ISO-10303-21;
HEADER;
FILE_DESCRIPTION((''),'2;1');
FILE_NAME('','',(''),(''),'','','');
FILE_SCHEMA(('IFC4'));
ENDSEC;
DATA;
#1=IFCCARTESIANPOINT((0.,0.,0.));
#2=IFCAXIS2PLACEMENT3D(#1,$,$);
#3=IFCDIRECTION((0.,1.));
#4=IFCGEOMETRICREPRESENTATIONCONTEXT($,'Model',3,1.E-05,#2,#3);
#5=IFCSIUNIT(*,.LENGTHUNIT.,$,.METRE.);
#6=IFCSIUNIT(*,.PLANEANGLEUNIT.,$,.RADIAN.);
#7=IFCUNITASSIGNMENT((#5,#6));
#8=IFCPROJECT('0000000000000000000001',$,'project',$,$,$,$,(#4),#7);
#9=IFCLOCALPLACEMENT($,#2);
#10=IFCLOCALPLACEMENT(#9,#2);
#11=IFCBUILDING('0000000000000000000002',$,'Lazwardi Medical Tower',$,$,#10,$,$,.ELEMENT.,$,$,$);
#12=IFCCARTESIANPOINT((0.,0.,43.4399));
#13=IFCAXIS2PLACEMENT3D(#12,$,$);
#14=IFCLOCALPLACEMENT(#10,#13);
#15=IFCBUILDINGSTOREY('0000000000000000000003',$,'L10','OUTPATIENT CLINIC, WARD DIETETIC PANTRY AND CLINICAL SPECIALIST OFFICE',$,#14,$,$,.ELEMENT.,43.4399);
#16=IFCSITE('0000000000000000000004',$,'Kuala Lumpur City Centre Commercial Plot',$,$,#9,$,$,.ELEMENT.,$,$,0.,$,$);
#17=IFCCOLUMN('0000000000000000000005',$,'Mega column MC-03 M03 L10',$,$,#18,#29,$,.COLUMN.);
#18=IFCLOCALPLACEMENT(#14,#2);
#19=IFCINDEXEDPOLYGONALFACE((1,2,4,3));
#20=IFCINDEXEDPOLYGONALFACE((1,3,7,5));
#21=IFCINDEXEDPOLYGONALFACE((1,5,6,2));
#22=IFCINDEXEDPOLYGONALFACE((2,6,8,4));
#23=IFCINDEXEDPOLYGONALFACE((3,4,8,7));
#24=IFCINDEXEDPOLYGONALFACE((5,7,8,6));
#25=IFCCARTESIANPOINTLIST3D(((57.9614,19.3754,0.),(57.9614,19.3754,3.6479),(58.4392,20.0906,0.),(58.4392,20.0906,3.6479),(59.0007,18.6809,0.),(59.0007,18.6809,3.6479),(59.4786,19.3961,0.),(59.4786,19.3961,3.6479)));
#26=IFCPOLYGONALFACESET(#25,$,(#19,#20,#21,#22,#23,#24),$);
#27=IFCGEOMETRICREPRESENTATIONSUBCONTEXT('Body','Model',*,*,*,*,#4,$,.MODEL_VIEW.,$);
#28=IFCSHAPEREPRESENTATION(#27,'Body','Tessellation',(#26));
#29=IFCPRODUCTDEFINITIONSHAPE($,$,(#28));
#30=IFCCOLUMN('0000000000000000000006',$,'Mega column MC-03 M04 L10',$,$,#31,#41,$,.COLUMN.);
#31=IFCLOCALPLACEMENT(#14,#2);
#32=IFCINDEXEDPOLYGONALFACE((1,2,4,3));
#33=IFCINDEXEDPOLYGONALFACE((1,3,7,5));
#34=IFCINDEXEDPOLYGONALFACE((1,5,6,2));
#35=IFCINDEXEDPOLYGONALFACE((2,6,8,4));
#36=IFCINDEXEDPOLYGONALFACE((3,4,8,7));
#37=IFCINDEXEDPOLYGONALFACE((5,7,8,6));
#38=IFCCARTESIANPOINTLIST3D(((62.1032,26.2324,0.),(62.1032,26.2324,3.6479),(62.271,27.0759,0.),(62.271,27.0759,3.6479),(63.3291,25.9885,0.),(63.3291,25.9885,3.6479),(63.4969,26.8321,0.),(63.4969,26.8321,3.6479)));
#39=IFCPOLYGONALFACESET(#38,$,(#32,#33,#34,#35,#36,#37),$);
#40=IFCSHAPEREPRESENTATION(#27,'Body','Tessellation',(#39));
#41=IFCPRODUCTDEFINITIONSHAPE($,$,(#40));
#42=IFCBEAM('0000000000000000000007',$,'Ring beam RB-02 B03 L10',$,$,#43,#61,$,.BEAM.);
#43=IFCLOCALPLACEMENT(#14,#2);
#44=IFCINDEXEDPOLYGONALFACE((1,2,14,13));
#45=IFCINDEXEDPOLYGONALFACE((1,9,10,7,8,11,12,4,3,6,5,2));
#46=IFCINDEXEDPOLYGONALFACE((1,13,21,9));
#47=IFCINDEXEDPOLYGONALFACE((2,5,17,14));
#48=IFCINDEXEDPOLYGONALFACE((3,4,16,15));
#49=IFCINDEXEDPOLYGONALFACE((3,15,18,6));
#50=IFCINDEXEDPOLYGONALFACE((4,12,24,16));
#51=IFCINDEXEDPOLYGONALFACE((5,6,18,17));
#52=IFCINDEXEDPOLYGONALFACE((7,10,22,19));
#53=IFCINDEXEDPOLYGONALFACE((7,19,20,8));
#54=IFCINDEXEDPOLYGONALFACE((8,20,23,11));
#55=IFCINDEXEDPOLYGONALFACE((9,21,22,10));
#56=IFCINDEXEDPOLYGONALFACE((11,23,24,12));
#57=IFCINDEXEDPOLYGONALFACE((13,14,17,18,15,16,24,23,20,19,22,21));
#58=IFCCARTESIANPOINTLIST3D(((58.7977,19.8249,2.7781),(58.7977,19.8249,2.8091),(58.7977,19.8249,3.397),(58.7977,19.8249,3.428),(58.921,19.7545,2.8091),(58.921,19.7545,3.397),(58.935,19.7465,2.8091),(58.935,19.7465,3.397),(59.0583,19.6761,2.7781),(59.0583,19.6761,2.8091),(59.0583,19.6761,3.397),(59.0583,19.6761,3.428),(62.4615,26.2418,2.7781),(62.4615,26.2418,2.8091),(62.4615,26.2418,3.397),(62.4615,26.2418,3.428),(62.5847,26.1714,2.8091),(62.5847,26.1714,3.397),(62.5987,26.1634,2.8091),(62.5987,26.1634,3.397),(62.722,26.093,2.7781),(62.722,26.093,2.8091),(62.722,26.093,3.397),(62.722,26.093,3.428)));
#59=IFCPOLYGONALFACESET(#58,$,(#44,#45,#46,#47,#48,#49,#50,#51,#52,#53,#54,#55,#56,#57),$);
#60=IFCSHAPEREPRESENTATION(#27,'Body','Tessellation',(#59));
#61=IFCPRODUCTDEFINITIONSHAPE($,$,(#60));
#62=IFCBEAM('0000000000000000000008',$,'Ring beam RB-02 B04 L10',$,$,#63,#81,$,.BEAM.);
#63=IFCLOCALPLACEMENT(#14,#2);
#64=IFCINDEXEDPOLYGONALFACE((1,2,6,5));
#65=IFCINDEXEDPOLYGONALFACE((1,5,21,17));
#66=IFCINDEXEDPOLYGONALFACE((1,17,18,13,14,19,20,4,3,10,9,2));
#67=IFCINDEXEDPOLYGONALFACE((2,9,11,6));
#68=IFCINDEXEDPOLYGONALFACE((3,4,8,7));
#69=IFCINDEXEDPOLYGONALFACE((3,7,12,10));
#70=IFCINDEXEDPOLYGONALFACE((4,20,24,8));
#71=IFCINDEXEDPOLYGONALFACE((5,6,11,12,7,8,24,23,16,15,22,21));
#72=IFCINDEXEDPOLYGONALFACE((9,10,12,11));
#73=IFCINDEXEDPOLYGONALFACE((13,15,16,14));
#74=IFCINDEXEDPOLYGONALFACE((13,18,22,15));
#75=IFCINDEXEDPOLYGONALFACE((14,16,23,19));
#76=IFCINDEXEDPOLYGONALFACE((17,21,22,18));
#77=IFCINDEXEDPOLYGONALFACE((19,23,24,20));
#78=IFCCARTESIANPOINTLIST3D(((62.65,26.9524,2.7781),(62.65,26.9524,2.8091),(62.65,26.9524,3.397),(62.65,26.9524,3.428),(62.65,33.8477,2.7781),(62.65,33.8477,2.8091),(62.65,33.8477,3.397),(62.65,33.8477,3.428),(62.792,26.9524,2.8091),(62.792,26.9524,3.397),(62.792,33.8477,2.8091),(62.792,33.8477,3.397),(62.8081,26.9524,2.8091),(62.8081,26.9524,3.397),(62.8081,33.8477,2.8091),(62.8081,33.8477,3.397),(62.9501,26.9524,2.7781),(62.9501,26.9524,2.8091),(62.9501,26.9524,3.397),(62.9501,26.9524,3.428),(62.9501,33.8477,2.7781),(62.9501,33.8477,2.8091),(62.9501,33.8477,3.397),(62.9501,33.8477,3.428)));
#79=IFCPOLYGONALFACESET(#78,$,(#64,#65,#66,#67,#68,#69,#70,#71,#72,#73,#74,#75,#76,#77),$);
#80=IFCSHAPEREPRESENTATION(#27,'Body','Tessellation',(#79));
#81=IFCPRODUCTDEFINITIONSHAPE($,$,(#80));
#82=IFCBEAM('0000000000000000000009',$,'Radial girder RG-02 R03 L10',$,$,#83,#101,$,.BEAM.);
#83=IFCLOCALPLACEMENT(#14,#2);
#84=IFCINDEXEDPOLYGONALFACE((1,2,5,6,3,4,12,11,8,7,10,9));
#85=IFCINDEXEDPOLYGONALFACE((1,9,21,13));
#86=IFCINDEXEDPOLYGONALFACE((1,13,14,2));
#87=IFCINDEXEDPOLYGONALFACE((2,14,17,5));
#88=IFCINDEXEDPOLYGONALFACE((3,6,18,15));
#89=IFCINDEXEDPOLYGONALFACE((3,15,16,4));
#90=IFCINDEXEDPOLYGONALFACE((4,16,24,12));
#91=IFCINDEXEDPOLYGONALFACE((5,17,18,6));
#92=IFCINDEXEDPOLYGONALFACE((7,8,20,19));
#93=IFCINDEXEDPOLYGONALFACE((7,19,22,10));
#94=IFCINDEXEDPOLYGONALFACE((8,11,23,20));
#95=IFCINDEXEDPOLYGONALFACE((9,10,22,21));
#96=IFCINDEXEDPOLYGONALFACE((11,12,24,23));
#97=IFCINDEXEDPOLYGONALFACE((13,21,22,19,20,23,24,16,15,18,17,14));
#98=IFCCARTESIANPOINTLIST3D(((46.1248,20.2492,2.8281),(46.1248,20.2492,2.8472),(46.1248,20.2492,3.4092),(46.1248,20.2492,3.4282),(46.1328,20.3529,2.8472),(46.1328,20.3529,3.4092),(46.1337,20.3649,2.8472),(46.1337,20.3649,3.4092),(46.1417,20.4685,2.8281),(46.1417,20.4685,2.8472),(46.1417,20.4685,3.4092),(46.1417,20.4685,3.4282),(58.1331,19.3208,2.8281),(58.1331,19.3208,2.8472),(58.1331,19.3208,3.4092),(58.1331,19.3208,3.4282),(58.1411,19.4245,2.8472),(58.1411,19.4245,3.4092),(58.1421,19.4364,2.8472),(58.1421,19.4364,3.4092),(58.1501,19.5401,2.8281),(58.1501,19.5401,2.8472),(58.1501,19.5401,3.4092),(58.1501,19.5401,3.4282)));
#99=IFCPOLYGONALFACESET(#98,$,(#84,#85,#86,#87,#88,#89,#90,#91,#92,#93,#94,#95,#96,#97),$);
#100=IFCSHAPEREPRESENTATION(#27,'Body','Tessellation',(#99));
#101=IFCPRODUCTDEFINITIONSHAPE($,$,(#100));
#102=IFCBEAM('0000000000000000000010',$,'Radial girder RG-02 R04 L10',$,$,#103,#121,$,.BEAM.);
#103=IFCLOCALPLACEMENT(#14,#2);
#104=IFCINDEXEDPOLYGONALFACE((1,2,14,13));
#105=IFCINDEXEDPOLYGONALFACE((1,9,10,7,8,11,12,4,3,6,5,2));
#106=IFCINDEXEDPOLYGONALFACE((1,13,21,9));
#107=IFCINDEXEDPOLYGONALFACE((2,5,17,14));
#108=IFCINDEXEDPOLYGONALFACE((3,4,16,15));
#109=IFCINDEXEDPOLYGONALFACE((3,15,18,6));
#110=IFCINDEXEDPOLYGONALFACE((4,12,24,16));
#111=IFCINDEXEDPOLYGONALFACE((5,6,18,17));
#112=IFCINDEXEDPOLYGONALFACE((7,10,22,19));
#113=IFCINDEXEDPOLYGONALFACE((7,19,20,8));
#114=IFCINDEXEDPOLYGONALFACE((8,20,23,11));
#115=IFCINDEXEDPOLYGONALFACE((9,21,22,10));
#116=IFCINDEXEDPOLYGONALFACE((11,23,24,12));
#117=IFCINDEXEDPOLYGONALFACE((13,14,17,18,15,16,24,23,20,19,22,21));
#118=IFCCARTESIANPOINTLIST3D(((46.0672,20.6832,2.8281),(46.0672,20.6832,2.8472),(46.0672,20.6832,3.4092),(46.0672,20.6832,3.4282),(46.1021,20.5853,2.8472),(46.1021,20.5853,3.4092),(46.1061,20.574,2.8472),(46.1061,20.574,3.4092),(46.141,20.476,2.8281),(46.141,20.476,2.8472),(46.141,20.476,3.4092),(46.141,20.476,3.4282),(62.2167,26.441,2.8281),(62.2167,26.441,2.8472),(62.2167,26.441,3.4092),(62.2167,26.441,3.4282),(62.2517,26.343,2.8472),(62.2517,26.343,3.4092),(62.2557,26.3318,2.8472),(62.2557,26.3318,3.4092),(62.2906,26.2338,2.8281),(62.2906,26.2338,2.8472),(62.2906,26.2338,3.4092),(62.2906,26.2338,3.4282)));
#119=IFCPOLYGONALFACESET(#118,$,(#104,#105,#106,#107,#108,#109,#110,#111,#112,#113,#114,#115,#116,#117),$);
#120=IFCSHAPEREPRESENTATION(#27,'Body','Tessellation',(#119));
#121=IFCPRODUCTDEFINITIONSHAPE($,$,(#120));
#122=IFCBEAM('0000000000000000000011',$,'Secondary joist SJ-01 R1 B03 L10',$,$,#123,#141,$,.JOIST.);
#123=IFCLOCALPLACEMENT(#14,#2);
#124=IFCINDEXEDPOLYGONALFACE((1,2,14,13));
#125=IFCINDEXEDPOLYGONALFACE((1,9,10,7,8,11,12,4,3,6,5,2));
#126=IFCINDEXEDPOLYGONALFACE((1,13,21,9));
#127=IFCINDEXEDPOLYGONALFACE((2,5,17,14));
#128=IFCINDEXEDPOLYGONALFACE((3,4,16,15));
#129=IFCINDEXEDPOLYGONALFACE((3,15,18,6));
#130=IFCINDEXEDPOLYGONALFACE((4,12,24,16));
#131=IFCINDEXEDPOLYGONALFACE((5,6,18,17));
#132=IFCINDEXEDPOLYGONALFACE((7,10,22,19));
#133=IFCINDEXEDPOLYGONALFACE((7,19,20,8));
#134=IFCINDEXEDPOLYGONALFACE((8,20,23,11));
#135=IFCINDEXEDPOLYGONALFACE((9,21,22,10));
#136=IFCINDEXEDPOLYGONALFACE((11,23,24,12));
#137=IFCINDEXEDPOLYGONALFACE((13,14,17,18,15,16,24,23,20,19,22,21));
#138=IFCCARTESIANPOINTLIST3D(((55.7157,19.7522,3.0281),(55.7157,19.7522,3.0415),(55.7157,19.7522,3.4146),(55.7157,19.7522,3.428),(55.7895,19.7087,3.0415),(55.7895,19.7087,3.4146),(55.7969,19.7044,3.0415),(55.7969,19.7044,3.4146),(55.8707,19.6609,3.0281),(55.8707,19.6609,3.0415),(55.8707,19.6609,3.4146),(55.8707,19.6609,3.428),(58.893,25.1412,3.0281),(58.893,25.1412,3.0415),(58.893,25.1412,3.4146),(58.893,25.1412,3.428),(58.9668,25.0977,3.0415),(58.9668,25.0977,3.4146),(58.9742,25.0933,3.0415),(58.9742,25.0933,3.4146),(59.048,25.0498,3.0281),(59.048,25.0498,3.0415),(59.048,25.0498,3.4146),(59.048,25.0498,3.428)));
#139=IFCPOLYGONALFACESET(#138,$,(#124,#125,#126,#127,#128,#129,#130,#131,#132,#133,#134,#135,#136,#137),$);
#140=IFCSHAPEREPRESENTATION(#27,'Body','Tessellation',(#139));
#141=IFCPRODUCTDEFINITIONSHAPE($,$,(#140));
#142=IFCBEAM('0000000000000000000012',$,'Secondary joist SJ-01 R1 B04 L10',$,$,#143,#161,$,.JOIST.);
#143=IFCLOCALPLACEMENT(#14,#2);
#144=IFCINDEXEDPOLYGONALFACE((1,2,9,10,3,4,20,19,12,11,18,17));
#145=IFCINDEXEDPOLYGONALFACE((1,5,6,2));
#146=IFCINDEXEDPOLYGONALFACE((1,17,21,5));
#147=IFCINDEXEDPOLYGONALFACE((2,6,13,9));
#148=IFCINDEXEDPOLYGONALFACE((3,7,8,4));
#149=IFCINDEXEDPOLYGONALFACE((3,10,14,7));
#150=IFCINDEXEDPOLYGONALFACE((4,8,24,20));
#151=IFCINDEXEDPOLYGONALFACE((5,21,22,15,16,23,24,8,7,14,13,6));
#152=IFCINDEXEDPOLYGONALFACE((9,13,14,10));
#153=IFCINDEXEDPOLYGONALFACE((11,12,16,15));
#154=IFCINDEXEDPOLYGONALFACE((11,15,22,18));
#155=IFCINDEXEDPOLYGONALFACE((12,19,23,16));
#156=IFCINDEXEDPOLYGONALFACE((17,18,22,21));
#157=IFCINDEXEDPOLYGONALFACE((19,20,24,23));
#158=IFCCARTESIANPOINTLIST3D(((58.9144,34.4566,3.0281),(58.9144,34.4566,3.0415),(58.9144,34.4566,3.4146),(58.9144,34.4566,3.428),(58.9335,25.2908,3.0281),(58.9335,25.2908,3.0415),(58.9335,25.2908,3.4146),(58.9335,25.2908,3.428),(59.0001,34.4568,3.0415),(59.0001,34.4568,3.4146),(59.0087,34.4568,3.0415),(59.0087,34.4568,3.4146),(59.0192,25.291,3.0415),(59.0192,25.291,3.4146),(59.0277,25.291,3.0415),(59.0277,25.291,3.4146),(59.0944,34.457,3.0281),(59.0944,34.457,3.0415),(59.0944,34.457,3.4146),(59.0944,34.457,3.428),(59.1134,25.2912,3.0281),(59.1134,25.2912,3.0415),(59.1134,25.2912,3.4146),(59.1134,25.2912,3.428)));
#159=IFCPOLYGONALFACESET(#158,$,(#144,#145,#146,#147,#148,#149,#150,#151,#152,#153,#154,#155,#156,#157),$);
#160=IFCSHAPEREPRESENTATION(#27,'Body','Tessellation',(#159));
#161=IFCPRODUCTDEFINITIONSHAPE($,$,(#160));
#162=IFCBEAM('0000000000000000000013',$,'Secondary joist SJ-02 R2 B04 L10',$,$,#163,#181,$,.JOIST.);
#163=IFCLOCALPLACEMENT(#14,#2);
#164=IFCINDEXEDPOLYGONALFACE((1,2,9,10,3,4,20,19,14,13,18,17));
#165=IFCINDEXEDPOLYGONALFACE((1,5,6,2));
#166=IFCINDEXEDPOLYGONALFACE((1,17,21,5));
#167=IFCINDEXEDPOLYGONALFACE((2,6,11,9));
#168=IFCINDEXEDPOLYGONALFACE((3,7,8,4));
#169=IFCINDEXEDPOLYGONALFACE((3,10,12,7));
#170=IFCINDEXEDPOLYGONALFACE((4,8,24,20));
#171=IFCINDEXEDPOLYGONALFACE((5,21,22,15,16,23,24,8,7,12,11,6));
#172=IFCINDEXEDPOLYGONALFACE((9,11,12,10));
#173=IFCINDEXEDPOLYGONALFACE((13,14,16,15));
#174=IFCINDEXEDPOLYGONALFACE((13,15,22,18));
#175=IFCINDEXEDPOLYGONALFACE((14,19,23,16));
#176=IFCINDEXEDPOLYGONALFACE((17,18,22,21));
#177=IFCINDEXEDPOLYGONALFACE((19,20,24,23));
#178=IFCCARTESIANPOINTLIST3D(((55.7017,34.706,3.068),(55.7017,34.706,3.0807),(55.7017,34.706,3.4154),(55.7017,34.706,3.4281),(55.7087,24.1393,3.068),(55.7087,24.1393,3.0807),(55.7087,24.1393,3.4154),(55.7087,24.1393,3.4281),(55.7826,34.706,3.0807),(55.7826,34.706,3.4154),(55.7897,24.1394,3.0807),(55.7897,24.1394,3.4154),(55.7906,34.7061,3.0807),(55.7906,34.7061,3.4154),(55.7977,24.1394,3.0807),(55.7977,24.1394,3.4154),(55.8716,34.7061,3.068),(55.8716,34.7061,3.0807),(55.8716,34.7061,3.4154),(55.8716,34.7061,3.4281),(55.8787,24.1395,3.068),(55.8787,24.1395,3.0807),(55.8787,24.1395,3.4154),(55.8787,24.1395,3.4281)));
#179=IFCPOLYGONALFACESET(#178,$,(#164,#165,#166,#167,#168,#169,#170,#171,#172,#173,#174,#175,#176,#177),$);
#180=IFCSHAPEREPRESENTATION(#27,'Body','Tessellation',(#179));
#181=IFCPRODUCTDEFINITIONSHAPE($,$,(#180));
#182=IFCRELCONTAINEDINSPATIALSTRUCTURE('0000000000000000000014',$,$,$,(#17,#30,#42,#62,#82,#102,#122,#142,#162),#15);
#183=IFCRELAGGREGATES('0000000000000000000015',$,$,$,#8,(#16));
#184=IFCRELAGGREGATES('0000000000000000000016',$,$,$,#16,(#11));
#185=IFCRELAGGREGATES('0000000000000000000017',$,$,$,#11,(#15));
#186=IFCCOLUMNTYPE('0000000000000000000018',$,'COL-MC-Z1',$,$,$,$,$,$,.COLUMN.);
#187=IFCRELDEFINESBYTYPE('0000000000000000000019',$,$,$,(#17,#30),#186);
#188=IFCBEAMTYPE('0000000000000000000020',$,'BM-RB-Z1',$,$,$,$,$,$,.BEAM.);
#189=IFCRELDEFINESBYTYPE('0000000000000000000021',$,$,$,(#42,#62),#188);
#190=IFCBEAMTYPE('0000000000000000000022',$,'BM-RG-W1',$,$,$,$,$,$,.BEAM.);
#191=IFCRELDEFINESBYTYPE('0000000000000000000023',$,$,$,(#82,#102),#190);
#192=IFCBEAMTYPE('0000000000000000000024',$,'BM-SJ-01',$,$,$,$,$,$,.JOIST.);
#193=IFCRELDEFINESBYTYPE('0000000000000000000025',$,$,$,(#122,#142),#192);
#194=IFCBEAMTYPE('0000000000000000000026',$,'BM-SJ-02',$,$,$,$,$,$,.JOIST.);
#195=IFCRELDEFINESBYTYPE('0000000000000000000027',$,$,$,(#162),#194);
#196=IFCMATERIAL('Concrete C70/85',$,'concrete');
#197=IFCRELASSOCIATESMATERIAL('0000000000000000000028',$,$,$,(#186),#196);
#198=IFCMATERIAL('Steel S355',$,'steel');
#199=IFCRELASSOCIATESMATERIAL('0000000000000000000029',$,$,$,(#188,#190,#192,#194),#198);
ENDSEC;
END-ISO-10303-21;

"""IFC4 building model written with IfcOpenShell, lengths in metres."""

from ifc_helpers import new_model, si_unit, direction, frame, origin, origin_2d, place, context, subcontext, project, spatial, rectangle, i_section, extrude, material, material_profile, profile_set, type_object, element, save


model = new_model("IFC4")

# Units and contexts
model_context = context("Model", 3, precision=1e-05, world=origin(), true_north=direction((0.0, 1.0)))
body_context = subcontext(model_context, "Body", "Model", "MODEL_VIEW")
ifc_project = project(units=[si_unit("LENGTHUNIT", "METRE"), si_unit("PLANEANGLEUNIT", "RADIAN")], contexts=[model_context])

# Site, building, storey
site_placement = place(None, origin())
site = spatial("IfcSite", under=ifc_project, at=site_placement, Name="Kuala Lumpur City Centre Commercial Plot", CompositionType="ELEMENT", RefElevation=0.0)
building_placement = place(site_placement, origin())
building = spatial("IfcBuilding", under=site, at=building_placement, Name="Lazwardi Medical Tower", CompositionType="ELEMENT")
storey_placement = place(building_placement, frame((0.0, 0.0, 43.4399)))
storey = spatial("IfcBuildingStorey", under=building, at=storey_placement, Name="L10", Description="OUTPATIENT CLINIC, WARD DIETETIC PANTRY AND CLINICAL SPECIALIST OFFICE", CompositionType="ELEMENT", Elevation=43.4399)

# Columns
ifc_material_1 = material(Name="Concrete C70/85", Category="concrete")
ifc_material_profile_1 = material_profile(ifc_material_1, rectangle(XDim=1.25, YDim=0.8601, at=origin_2d()), Name="CFT-RECT 1250x860")
ifc_profile_set_1 = profile_set([ifc_material_profile_1], Name="Concrete C70/85")
column_type = type_object("IfcColumnType", Name="COL-MC-Z1", PredefinedType="COLUMN", material=ifc_profile_set_1)
for number, where, z_axis, x_axis, name in (
    (1, (58.72, 19.3857, 0.0), (0.0, 0.0, 1.0), (0.83147, -0.55557, 0.0), "Mega column MC-03 M03 L10"),
    (2, (62.8, 26.5322, 0.0), (0.0, 0.0, 1.0), (0.980785, -0.19509, 0.0), "Mega column MC-03 M04 L10"),
):
    element("IfcColumn", number, at=place(storey_placement, frame(where, z_axis=z_axis, x_axis=x_axis)), inside=storey, type_object=column_type, Name=name, PredefinedType="COLUMN", context=body_context, shape_type="SweptSolid", body=[
        extrude(rectangle(XDim=1.25, YDim=0.8601, at=origin_2d()), origin(), (0.0, 0.0, 1.0), 3.6479),
    ])

# Beams
ifc_material_2 = material(Name="Steel S355", Category="steel")
ifc_material_profile_2 = material_profile(ifc_material_2, i_section(OverallWidth=0.3, OverallDepth=0.6499, WebThickness=0.0161, FlangeThickness=0.031, at=origin_2d()), Name="HEB 650")
ifc_profile_set_2 = profile_set([ifc_material_profile_2], Name="Steel S355")
beam_type_1 = type_object("IfcBeamType", Name="BM-RB-Z1", PredefinedType="BEAM", material=ifc_profile_set_2)
beam_1_placement = place(storey_placement, frame((58.928, 19.7505, 3.103), z_axis=(0.495829, 0.86842, 0.0), x_axis=(-0.86842, 0.495829, 0.0)))
element("IfcBeam", 3, at=beam_1_placement, inside=storey, type_object=beam_type_1, Name="Ring beam RB-02 B03 L10", PredefinedType="BEAM", context=body_context, shape_type="SweptSolid", body=[
    extrude(i_section(OverallWidth=0.3, OverallDepth=0.6499, WebThickness=0.0161, FlangeThickness=0.031, at=origin_2d()), origin(), (0.0, 0.0, 1.0), 7.3892),
])
beam_2_placement = place(storey_placement, frame((62.8, 26.9524, 3.103), z_axis=(0.0, 1.0, 0.0), x_axis=(-1.0, 0.0, 0.0)))
element("IfcBeam", 4, at=beam_2_placement, inside=storey, type_object=beam_type_1, Name="Ring beam RB-02 B04 L10", PredefinedType="BEAM", context=body_context, shape_type="SweptSolid", body=[
    extrude(i_section(OverallWidth=0.3, OverallDepth=0.6499, WebThickness=0.0161, FlangeThickness=0.031, at=origin_2d()), origin(), (0.0, 0.0, 1.0), 6.8953),
])
ifc_material_profile_3 = material_profile(ifc_material_2, i_section(OverallWidth=0.22, OverallDepth=0.6001, WebThickness=0.012, FlangeThickness=0.019, at=origin_2d()), Name="IPE 600")
ifc_profile_set_3 = profile_set([ifc_material_profile_3], Name="Steel S355")
beam_type_2 = type_object("IfcBeamType", Name="BM-RG-W1", PredefinedType="BEAM", material=ifc_profile_set_3)
beam_3_placement = place(storey_placement, frame((58.1416, 19.4304, 3.1282), z_axis=(-0.997024, 0.077089, 0.0), x_axis=(-0.077089, -0.997024, 0.0)))
element("IfcBeam", 5, at=beam_3_placement, inside=storey, type_object=beam_type_2, Name="Radial girder RG-02 R03 L10", PredefinedType="BEAM", context=body_context, shape_type="SweptSolid", body=[
    extrude(i_section(OverallWidth=0.22, OverallDepth=0.6001, WebThickness=0.012, FlangeThickness=0.019, at=origin_2d()), origin(), (0.0, 0.0, 1.0), 12.0442),
])
beam_4_placement = place(storey_placement, frame((62.2537, 26.3374, 3.1282), z_axis=(-0.941925, -0.335823, 0.0), x_axis=(0.335823, -0.941925, 0.0)))
element("IfcBeam", 6, at=beam_4_placement, inside=storey, type_object=beam_type_2, Name="Radial girder RG-02 R04 L10", PredefinedType="BEAM", context=body_context, shape_type="SweptSolid", body=[
    extrude(i_section(OverallWidth=0.22, OverallDepth=0.6001, WebThickness=0.012, FlangeThickness=0.019, at=origin_2d()), origin(), (0.0, 0.0, 1.0), 17.1453),
])
ifc_material_profile_4 = material_profile(ifc_material_2, i_section(OverallWidth=0.1799, OverallDepth=0.3999, WebThickness=0.0085, FlangeThickness=0.0134, at=origin_2d()), Name="IPE 400")
ifc_profile_set_4 = profile_set([ifc_material_profile_4], Name="Steel S355")
beam_type_3 = type_object("IfcBeamType", Name="BM-SJ-01", PredefinedType="JOIST", material=ifc_profile_set_4)
beam_5_placement = place(storey_placement, frame((55.7932, 19.7065, 3.228), z_axis=(0.507886, 0.861424, 0.0), x_axis=(-0.861424, 0.507886, 0.0)))
element("IfcBeam", 7, at=beam_5_placement, inside=storey, type_object=beam_type_3, Name="Secondary joist SJ-01 R1 B03 L10", PredefinedType="JOIST", context=body_context, shape_type="SweptSolid", body=[
    extrude(i_section(OverallWidth=0.1799, OverallDepth=0.3999, WebThickness=0.0085, FlangeThickness=0.0134, at=origin_2d()), origin(), (0.0, 0.0, 1.0), 6.2559),
])
beam_6_placement = place(storey_placement, frame((59.0234, 25.291, 3.228), z_axis=(-0.002078, 0.999998, 0.0), x_axis=(-0.999998, -0.002078, 0.0)))
element("IfcBeam", 8, at=beam_6_placement, inside=storey, type_object=beam_type_3, Name="Secondary joist SJ-01 R1 B04 L10", PredefinedType="JOIST", context=body_context, shape_type="SweptSolid", body=[
    extrude(i_section(OverallWidth=0.1799, OverallDepth=0.3999, WebThickness=0.0085, FlangeThickness=0.0134, at=origin_2d()), origin(), (0.0, 0.0, 1.0), 9.1658),
])
ifc_material_profile_5 = material_profile(ifc_material_2, i_section(OverallWidth=0.1699, OverallDepth=0.3601, WebThickness=0.0081, FlangeThickness=0.0127, at=origin_2d()), Name="IPE 360")
ifc_profile_set_5 = profile_set([ifc_material_profile_5], Name="Steel S355")
beam_type_4 = type_object("IfcBeamType", Name="BM-SJ-02", PredefinedType="JOIST", material=ifc_profile_set_5)
beam_7_placement = place(storey_placement, frame((55.7937, 24.1394, 3.248), z_axis=(-0.00067, 1.0, 0.0), x_axis=(-1.0, -0.00067, 0.0)))
element("IfcBeam", 9, at=beam_7_placement, inside=storey, type_object=beam_type_4, Name="Secondary joist SJ-02 R2 B04 L10", PredefinedType="JOIST", context=body_context, shape_type="SweptSolid", body=[
    extrude(i_section(OverallWidth=0.1699, OverallDepth=0.3601, WebThickness=0.0081, FlangeThickness=0.0127, at=origin_2d()), origin(), (0.0, 0.0, 1.0), 10.5667),
])

save(model, "model.ifc")
